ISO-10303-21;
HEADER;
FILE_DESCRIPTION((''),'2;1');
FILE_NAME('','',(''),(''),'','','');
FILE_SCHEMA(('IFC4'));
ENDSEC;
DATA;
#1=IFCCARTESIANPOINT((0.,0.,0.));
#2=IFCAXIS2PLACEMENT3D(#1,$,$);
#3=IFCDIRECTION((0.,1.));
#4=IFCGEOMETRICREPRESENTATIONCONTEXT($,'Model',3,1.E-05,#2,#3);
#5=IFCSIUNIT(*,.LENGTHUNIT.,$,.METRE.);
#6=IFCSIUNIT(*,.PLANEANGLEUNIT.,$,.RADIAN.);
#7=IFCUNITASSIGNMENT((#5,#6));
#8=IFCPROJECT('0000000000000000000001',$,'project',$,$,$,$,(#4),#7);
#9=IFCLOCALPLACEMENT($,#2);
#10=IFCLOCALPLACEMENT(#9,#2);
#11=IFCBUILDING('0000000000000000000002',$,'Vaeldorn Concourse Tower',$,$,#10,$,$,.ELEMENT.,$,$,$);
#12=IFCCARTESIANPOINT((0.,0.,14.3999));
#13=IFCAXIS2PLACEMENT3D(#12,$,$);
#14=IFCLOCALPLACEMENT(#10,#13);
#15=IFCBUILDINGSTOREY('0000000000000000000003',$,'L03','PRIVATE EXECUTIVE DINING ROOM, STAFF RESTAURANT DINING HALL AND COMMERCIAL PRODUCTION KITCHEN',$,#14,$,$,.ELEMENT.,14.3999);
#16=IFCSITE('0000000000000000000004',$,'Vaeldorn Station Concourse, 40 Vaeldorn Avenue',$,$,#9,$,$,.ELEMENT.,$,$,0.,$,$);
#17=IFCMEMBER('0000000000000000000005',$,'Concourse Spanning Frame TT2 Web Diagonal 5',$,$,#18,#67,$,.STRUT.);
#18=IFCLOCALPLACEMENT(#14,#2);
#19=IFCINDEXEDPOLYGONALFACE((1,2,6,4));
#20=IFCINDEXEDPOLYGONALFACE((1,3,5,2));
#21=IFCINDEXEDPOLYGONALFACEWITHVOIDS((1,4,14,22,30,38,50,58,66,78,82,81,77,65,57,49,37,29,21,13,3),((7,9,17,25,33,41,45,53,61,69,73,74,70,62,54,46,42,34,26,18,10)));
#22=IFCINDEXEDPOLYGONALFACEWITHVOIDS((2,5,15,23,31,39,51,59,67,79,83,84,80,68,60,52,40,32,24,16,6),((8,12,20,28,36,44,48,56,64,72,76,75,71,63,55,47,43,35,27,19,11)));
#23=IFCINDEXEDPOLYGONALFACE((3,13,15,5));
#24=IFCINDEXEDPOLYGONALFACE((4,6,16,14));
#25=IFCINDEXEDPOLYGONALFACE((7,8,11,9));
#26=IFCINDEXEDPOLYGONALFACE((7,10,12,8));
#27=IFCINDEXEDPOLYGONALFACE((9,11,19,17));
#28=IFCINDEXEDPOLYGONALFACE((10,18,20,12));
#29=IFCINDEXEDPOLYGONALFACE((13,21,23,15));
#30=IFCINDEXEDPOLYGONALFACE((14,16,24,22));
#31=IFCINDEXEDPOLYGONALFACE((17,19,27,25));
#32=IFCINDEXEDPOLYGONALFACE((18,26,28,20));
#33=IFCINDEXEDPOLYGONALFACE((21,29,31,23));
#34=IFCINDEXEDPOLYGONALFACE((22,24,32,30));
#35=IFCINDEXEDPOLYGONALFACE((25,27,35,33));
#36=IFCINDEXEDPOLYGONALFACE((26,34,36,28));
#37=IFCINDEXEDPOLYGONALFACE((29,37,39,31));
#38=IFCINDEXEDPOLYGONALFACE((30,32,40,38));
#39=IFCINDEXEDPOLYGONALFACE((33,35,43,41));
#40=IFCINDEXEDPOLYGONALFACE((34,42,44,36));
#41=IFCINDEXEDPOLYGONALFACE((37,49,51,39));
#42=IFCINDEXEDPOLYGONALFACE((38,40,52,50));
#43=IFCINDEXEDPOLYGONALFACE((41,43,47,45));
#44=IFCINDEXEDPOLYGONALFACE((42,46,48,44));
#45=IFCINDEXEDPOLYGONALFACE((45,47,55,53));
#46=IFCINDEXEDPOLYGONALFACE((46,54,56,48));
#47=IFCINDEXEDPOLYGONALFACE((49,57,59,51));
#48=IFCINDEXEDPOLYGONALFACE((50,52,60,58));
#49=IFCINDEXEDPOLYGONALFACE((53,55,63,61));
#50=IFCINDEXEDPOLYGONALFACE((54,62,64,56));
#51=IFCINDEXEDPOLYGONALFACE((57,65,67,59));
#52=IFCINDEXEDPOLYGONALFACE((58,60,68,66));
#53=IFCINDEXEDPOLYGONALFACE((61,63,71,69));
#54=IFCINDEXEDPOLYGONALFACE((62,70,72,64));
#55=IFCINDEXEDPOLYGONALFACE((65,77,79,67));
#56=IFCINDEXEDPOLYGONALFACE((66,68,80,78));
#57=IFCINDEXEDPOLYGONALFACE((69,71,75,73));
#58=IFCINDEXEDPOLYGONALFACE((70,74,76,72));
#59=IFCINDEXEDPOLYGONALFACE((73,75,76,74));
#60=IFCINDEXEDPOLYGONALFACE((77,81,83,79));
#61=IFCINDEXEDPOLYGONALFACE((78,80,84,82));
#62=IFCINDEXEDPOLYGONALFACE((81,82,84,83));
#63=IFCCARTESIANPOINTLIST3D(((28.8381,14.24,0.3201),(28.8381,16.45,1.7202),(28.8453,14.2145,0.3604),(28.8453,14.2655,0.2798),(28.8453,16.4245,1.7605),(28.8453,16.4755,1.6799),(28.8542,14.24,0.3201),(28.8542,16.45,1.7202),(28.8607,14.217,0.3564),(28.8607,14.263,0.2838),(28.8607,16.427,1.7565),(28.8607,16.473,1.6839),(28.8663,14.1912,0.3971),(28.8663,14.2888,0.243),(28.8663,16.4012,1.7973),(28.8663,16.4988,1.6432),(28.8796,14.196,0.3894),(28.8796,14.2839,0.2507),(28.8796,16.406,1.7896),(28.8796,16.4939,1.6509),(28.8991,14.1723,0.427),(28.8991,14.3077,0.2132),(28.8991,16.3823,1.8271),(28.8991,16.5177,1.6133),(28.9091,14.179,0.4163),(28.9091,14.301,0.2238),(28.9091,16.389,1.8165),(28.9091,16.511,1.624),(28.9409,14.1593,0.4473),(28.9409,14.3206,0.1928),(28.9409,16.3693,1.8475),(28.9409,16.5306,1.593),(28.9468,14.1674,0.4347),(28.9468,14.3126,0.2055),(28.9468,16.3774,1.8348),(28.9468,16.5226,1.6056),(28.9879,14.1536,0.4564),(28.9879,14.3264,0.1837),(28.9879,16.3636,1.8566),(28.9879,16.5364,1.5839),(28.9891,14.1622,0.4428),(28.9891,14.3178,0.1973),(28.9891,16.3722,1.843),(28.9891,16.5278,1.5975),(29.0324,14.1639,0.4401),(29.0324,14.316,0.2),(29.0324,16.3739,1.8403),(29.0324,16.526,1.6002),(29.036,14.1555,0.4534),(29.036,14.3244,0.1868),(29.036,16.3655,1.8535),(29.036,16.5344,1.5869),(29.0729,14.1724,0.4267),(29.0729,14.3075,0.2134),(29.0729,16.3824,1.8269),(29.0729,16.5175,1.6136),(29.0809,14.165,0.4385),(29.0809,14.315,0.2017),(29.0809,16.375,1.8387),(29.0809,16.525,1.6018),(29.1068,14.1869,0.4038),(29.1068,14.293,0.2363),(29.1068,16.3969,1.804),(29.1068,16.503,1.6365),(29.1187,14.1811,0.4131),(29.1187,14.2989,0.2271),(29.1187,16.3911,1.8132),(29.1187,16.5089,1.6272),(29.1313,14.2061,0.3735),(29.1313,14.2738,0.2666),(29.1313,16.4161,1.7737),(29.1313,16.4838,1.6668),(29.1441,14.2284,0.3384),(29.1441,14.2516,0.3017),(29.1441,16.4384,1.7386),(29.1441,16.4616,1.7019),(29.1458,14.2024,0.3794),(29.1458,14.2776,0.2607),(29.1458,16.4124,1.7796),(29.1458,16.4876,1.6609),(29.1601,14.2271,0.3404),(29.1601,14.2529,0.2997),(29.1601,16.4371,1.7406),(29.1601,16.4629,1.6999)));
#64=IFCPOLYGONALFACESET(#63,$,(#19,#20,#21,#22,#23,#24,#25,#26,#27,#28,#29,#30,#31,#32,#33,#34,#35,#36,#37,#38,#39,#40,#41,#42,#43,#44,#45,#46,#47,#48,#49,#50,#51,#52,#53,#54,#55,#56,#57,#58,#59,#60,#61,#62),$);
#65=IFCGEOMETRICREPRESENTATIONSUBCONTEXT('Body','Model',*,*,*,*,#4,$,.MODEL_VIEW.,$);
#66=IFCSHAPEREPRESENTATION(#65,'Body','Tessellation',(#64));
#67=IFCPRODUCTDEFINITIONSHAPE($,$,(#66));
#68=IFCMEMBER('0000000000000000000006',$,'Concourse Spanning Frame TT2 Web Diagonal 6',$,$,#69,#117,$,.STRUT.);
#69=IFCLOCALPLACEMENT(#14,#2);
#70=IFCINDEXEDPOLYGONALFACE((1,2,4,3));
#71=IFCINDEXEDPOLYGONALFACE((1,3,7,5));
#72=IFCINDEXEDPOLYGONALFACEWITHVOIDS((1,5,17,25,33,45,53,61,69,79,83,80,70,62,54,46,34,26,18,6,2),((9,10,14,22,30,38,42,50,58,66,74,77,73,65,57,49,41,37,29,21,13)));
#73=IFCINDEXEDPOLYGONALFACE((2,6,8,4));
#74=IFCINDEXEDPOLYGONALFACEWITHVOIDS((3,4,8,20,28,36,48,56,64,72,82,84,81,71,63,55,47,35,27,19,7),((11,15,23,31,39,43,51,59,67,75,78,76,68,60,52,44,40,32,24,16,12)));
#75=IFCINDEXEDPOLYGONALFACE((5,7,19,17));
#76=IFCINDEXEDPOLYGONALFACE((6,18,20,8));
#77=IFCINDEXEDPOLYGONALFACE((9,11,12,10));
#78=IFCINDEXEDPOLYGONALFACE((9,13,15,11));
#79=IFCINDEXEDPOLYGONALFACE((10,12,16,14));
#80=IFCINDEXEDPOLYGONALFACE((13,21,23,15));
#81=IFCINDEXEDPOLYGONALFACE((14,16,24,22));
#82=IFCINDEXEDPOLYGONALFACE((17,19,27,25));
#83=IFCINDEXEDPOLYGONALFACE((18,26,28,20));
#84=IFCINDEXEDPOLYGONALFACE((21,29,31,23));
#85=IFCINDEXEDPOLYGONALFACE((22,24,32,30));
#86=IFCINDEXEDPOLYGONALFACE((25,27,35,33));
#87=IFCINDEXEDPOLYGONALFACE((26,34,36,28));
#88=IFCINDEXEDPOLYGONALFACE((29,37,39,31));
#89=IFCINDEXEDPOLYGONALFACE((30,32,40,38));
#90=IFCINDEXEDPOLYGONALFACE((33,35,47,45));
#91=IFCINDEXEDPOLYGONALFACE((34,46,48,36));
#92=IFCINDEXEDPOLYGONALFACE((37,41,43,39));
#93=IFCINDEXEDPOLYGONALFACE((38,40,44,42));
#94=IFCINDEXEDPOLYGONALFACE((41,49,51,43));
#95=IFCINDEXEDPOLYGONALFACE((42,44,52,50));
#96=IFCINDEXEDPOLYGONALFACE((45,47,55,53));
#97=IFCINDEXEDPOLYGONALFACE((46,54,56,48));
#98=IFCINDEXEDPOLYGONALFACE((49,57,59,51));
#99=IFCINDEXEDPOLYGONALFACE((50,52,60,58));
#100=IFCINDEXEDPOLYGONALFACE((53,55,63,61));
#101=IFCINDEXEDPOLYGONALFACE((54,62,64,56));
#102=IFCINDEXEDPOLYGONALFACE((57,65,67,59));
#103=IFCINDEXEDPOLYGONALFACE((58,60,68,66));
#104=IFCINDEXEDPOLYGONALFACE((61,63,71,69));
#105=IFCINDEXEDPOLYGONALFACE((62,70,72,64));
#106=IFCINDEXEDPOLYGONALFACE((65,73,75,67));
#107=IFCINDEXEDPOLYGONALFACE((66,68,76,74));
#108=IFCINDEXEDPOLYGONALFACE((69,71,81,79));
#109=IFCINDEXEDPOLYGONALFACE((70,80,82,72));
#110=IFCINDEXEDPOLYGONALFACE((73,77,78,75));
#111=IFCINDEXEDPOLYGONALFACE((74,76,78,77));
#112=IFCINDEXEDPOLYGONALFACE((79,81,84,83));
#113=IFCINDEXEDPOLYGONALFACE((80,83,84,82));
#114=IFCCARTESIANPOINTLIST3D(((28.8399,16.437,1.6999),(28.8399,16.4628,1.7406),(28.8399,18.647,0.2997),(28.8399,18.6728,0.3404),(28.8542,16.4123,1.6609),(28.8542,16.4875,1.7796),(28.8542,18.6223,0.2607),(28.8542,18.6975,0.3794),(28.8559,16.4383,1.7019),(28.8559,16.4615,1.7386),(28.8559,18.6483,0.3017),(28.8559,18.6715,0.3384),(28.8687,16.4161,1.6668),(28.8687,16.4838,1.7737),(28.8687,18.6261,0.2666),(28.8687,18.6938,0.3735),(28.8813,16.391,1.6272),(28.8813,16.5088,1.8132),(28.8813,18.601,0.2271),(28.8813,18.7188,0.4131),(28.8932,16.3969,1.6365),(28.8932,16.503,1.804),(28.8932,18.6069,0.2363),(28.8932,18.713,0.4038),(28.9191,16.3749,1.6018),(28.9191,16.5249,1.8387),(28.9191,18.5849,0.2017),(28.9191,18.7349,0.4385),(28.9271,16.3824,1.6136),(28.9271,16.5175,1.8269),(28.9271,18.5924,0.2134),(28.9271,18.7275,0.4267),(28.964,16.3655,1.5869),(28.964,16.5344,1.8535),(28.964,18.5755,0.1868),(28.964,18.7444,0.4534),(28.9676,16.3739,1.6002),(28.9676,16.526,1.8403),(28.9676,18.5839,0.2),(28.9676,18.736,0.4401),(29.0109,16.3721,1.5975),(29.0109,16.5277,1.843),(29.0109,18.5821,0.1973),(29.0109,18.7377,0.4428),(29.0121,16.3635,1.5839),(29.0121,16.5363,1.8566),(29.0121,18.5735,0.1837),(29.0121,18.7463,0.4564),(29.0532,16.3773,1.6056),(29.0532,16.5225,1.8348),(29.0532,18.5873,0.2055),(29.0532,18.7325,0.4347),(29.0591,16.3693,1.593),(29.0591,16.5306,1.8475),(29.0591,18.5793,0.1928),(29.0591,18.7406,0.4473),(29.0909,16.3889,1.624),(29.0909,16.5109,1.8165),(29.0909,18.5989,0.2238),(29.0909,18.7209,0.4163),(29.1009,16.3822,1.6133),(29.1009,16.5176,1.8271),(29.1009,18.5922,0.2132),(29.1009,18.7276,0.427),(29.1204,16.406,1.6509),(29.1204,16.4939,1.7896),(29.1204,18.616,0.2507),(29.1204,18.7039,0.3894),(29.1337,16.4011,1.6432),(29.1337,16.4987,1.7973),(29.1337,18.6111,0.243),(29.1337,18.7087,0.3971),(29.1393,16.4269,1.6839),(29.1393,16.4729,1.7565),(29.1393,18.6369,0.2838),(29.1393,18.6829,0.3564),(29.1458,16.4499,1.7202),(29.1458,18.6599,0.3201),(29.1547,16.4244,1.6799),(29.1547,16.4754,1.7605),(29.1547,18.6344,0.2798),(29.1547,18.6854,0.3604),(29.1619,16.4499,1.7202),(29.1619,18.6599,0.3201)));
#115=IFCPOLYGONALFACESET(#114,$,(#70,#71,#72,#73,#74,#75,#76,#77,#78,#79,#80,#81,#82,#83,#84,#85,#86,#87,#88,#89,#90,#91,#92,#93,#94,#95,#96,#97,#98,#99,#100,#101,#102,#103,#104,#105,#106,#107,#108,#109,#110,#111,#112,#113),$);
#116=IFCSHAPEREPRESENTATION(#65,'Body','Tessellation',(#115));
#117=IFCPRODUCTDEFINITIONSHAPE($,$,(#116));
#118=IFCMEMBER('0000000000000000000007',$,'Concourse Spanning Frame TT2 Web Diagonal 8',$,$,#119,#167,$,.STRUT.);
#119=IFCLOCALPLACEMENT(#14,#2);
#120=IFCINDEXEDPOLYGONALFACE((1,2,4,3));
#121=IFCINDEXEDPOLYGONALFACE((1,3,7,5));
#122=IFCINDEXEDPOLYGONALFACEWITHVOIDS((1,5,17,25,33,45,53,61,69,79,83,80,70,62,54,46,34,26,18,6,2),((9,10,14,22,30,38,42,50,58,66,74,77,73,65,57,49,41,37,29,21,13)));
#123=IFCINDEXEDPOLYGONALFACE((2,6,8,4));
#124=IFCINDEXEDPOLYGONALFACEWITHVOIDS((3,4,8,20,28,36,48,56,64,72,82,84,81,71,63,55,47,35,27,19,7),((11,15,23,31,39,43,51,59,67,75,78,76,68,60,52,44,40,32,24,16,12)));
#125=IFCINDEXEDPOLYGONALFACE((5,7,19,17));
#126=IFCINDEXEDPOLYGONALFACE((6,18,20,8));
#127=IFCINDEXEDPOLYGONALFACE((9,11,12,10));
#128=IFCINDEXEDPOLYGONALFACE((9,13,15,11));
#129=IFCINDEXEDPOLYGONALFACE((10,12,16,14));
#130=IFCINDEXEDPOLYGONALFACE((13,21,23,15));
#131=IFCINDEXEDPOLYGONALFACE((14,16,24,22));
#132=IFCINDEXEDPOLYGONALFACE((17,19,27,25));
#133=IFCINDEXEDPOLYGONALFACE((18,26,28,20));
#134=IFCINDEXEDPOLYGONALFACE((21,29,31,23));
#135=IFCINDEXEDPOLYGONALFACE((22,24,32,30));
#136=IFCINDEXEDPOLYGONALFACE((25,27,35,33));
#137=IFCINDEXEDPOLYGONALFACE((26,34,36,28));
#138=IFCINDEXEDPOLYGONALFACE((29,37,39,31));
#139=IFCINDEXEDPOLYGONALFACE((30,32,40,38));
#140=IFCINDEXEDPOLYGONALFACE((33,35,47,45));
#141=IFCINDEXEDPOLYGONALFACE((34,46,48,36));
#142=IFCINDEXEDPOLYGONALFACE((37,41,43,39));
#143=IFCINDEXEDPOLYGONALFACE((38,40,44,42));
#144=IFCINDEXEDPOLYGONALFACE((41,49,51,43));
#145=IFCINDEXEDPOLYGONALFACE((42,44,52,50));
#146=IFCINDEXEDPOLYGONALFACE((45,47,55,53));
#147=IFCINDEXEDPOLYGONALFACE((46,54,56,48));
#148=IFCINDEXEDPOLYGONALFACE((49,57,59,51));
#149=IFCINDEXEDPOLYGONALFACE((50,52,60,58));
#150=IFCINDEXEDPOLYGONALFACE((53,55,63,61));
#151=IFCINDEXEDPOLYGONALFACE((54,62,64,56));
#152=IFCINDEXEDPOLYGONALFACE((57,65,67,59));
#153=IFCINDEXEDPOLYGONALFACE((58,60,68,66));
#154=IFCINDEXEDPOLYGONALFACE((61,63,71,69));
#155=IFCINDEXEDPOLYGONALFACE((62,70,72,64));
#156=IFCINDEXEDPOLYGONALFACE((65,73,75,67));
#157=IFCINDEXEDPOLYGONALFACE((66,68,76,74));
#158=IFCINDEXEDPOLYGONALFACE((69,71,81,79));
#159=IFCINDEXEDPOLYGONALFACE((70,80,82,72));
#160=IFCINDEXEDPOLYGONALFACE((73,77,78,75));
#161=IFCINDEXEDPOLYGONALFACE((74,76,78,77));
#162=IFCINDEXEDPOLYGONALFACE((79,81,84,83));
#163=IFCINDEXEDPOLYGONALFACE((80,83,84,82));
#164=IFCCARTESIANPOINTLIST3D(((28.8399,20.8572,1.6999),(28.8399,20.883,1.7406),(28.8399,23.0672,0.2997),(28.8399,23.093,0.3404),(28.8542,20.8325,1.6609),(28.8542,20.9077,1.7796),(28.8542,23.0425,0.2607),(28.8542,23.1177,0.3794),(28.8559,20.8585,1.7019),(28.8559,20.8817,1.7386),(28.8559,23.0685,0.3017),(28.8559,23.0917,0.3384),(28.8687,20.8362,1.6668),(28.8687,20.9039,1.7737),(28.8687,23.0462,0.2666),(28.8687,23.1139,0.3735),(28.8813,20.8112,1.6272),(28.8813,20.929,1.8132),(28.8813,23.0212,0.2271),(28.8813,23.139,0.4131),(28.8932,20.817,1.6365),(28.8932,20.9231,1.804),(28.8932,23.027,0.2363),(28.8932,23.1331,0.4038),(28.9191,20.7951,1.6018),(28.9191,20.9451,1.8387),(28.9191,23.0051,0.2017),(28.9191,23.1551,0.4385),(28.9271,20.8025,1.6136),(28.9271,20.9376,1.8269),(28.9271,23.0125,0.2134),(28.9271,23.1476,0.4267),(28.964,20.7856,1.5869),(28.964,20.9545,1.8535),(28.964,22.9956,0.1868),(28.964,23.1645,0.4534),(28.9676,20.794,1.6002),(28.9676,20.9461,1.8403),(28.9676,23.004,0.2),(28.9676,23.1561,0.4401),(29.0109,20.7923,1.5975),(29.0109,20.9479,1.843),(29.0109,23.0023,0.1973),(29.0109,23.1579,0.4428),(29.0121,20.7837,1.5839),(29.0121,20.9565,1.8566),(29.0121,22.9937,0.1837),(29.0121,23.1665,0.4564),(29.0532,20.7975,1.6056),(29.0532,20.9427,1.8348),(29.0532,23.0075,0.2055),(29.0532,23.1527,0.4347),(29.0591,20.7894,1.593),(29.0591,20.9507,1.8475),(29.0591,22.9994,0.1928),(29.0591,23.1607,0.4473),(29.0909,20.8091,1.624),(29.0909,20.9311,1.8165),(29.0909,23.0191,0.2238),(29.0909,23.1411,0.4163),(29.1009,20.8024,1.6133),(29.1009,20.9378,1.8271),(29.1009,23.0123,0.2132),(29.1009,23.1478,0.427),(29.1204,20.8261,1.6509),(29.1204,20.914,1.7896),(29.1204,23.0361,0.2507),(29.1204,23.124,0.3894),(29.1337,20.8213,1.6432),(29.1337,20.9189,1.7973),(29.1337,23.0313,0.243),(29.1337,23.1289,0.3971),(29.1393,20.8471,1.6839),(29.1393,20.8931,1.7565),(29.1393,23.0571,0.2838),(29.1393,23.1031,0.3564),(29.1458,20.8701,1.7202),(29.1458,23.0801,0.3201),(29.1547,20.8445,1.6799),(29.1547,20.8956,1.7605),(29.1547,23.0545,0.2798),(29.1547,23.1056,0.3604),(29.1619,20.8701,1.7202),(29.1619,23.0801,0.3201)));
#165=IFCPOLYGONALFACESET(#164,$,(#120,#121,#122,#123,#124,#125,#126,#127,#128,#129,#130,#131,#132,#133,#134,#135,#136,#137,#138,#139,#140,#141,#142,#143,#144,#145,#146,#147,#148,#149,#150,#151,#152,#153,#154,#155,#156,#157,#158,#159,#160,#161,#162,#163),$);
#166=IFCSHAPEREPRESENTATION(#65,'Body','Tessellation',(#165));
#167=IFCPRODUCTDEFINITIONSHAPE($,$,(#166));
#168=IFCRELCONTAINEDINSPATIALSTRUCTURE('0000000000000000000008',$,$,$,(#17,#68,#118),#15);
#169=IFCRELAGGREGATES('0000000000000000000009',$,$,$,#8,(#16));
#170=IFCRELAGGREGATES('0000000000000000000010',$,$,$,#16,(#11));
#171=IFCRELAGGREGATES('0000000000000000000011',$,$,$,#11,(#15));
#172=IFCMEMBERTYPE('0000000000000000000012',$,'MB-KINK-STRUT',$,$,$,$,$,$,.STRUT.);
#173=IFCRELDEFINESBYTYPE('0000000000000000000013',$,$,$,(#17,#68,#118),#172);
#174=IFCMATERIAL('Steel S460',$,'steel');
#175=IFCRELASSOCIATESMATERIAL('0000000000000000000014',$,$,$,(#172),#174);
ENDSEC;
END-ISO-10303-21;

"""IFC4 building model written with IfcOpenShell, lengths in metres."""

from ifc_helpers import new_model, si_unit, direction, frame, origin, origin_2d, place, context, subcontext, project, spatial, hollow_circle, extrude, source, transform, mapped, material, material_profile, profile_set, type_object, element, save


model = new_model("IFC4")

# Units and contexts
model_context = context("Model", 3, precision=1e-05, world=origin(), true_north=direction((0.0, 1.0)))
body_context = subcontext(model_context, "Body", "Model", "MODEL_VIEW")
ifc_project = project(units=[si_unit("LENGTHUNIT", "METRE"), si_unit("PLANEANGLEUNIT", "RADIAN")], contexts=[model_context])

# Site, building, storey
site_placement = place(None, origin())
site = spatial("IfcSite", under=ifc_project, at=site_placement, Name="Vaeldorn Station Concourse, 40 Vaeldorn Avenue", CompositionType="ELEMENT", RefElevation=0.0)
building_placement = place(site_placement, origin())
building = spatial("IfcBuilding", under=site, at=building_placement, Name="Vaeldorn Concourse Tower", CompositionType="ELEMENT")
storey_placement = place(building_placement, frame((0.0, 0.0, 14.3999)))
storey = spatial("IfcBuildingStorey", under=building, at=storey_placement, Name="L03", Description="PRIVATE EXECUTIVE DINING ROOM, STAFF RESTAURANT DINING HALL AND COMMERCIAL PRODUCTION KITCHEN", CompositionType="ELEMENT", Elevation=14.3999)

# Shared definitions
ifc_material = material(Name="Steel S460", Category="steel")

# Members
ifc_material_profile_1 = material_profile(ifc_material, hollow_circle(Radius=0.1619, WallThickness=0.0161, at=origin_2d()), Name="CHS 323.9x16")
ifc_profile_set_1 = profile_set([ifc_material_profile_1], Name="Steel S460")
member_type_1 = type_object("IfcMemberType", Name="MB-KINK-STRUT", PredefinedType="STRUT", material=ifc_profile_set_1)
shared_shape_1 = source(origin(), body_context, "Body", "SweptSolid", [
    extrude(hollow_circle(Radius=0.1619, WallThickness=0.0161, at=origin_2d()), origin(), (0.0, 0.0, 1.0), 2.6162),
])
for number, where, z_axis, x_axis, name in (
    (1, (29.0, 14.24, 0.3201), (0.0, 0.844732, 0.53519), (-1.0, 0.0, 0.0), "Concourse Spanning Frame TT2 Web Diagonal 5"),
    (2, (29.0, 18.6599, 0.3201), (0.0, -0.844732, 0.53519), (1.0, 0.0, 0.0), "Concourse Spanning Frame TT2 Web Diagonal 6"),
    (3, (29.0, 23.0801, 0.3201), (0.0, -0.844732, 0.53519), (1.0, 0.0, 0.0), "Concourse Spanning Frame TT2 Web Diagonal 8"),
):
    element("IfcMember", number, at=place(storey_placement, frame(where, z_axis=z_axis, x_axis=x_axis)), inside=storey, type_object=member_type_1, Name=name, PredefinedType="STRUT", context=body_context, shape_type="MappedRepresentation", body=[
        mapped(shared_shape_1, transform((0.0, 0.0, 0.0), scale=1.0)),
    ])

save(model, "model.ifc")
